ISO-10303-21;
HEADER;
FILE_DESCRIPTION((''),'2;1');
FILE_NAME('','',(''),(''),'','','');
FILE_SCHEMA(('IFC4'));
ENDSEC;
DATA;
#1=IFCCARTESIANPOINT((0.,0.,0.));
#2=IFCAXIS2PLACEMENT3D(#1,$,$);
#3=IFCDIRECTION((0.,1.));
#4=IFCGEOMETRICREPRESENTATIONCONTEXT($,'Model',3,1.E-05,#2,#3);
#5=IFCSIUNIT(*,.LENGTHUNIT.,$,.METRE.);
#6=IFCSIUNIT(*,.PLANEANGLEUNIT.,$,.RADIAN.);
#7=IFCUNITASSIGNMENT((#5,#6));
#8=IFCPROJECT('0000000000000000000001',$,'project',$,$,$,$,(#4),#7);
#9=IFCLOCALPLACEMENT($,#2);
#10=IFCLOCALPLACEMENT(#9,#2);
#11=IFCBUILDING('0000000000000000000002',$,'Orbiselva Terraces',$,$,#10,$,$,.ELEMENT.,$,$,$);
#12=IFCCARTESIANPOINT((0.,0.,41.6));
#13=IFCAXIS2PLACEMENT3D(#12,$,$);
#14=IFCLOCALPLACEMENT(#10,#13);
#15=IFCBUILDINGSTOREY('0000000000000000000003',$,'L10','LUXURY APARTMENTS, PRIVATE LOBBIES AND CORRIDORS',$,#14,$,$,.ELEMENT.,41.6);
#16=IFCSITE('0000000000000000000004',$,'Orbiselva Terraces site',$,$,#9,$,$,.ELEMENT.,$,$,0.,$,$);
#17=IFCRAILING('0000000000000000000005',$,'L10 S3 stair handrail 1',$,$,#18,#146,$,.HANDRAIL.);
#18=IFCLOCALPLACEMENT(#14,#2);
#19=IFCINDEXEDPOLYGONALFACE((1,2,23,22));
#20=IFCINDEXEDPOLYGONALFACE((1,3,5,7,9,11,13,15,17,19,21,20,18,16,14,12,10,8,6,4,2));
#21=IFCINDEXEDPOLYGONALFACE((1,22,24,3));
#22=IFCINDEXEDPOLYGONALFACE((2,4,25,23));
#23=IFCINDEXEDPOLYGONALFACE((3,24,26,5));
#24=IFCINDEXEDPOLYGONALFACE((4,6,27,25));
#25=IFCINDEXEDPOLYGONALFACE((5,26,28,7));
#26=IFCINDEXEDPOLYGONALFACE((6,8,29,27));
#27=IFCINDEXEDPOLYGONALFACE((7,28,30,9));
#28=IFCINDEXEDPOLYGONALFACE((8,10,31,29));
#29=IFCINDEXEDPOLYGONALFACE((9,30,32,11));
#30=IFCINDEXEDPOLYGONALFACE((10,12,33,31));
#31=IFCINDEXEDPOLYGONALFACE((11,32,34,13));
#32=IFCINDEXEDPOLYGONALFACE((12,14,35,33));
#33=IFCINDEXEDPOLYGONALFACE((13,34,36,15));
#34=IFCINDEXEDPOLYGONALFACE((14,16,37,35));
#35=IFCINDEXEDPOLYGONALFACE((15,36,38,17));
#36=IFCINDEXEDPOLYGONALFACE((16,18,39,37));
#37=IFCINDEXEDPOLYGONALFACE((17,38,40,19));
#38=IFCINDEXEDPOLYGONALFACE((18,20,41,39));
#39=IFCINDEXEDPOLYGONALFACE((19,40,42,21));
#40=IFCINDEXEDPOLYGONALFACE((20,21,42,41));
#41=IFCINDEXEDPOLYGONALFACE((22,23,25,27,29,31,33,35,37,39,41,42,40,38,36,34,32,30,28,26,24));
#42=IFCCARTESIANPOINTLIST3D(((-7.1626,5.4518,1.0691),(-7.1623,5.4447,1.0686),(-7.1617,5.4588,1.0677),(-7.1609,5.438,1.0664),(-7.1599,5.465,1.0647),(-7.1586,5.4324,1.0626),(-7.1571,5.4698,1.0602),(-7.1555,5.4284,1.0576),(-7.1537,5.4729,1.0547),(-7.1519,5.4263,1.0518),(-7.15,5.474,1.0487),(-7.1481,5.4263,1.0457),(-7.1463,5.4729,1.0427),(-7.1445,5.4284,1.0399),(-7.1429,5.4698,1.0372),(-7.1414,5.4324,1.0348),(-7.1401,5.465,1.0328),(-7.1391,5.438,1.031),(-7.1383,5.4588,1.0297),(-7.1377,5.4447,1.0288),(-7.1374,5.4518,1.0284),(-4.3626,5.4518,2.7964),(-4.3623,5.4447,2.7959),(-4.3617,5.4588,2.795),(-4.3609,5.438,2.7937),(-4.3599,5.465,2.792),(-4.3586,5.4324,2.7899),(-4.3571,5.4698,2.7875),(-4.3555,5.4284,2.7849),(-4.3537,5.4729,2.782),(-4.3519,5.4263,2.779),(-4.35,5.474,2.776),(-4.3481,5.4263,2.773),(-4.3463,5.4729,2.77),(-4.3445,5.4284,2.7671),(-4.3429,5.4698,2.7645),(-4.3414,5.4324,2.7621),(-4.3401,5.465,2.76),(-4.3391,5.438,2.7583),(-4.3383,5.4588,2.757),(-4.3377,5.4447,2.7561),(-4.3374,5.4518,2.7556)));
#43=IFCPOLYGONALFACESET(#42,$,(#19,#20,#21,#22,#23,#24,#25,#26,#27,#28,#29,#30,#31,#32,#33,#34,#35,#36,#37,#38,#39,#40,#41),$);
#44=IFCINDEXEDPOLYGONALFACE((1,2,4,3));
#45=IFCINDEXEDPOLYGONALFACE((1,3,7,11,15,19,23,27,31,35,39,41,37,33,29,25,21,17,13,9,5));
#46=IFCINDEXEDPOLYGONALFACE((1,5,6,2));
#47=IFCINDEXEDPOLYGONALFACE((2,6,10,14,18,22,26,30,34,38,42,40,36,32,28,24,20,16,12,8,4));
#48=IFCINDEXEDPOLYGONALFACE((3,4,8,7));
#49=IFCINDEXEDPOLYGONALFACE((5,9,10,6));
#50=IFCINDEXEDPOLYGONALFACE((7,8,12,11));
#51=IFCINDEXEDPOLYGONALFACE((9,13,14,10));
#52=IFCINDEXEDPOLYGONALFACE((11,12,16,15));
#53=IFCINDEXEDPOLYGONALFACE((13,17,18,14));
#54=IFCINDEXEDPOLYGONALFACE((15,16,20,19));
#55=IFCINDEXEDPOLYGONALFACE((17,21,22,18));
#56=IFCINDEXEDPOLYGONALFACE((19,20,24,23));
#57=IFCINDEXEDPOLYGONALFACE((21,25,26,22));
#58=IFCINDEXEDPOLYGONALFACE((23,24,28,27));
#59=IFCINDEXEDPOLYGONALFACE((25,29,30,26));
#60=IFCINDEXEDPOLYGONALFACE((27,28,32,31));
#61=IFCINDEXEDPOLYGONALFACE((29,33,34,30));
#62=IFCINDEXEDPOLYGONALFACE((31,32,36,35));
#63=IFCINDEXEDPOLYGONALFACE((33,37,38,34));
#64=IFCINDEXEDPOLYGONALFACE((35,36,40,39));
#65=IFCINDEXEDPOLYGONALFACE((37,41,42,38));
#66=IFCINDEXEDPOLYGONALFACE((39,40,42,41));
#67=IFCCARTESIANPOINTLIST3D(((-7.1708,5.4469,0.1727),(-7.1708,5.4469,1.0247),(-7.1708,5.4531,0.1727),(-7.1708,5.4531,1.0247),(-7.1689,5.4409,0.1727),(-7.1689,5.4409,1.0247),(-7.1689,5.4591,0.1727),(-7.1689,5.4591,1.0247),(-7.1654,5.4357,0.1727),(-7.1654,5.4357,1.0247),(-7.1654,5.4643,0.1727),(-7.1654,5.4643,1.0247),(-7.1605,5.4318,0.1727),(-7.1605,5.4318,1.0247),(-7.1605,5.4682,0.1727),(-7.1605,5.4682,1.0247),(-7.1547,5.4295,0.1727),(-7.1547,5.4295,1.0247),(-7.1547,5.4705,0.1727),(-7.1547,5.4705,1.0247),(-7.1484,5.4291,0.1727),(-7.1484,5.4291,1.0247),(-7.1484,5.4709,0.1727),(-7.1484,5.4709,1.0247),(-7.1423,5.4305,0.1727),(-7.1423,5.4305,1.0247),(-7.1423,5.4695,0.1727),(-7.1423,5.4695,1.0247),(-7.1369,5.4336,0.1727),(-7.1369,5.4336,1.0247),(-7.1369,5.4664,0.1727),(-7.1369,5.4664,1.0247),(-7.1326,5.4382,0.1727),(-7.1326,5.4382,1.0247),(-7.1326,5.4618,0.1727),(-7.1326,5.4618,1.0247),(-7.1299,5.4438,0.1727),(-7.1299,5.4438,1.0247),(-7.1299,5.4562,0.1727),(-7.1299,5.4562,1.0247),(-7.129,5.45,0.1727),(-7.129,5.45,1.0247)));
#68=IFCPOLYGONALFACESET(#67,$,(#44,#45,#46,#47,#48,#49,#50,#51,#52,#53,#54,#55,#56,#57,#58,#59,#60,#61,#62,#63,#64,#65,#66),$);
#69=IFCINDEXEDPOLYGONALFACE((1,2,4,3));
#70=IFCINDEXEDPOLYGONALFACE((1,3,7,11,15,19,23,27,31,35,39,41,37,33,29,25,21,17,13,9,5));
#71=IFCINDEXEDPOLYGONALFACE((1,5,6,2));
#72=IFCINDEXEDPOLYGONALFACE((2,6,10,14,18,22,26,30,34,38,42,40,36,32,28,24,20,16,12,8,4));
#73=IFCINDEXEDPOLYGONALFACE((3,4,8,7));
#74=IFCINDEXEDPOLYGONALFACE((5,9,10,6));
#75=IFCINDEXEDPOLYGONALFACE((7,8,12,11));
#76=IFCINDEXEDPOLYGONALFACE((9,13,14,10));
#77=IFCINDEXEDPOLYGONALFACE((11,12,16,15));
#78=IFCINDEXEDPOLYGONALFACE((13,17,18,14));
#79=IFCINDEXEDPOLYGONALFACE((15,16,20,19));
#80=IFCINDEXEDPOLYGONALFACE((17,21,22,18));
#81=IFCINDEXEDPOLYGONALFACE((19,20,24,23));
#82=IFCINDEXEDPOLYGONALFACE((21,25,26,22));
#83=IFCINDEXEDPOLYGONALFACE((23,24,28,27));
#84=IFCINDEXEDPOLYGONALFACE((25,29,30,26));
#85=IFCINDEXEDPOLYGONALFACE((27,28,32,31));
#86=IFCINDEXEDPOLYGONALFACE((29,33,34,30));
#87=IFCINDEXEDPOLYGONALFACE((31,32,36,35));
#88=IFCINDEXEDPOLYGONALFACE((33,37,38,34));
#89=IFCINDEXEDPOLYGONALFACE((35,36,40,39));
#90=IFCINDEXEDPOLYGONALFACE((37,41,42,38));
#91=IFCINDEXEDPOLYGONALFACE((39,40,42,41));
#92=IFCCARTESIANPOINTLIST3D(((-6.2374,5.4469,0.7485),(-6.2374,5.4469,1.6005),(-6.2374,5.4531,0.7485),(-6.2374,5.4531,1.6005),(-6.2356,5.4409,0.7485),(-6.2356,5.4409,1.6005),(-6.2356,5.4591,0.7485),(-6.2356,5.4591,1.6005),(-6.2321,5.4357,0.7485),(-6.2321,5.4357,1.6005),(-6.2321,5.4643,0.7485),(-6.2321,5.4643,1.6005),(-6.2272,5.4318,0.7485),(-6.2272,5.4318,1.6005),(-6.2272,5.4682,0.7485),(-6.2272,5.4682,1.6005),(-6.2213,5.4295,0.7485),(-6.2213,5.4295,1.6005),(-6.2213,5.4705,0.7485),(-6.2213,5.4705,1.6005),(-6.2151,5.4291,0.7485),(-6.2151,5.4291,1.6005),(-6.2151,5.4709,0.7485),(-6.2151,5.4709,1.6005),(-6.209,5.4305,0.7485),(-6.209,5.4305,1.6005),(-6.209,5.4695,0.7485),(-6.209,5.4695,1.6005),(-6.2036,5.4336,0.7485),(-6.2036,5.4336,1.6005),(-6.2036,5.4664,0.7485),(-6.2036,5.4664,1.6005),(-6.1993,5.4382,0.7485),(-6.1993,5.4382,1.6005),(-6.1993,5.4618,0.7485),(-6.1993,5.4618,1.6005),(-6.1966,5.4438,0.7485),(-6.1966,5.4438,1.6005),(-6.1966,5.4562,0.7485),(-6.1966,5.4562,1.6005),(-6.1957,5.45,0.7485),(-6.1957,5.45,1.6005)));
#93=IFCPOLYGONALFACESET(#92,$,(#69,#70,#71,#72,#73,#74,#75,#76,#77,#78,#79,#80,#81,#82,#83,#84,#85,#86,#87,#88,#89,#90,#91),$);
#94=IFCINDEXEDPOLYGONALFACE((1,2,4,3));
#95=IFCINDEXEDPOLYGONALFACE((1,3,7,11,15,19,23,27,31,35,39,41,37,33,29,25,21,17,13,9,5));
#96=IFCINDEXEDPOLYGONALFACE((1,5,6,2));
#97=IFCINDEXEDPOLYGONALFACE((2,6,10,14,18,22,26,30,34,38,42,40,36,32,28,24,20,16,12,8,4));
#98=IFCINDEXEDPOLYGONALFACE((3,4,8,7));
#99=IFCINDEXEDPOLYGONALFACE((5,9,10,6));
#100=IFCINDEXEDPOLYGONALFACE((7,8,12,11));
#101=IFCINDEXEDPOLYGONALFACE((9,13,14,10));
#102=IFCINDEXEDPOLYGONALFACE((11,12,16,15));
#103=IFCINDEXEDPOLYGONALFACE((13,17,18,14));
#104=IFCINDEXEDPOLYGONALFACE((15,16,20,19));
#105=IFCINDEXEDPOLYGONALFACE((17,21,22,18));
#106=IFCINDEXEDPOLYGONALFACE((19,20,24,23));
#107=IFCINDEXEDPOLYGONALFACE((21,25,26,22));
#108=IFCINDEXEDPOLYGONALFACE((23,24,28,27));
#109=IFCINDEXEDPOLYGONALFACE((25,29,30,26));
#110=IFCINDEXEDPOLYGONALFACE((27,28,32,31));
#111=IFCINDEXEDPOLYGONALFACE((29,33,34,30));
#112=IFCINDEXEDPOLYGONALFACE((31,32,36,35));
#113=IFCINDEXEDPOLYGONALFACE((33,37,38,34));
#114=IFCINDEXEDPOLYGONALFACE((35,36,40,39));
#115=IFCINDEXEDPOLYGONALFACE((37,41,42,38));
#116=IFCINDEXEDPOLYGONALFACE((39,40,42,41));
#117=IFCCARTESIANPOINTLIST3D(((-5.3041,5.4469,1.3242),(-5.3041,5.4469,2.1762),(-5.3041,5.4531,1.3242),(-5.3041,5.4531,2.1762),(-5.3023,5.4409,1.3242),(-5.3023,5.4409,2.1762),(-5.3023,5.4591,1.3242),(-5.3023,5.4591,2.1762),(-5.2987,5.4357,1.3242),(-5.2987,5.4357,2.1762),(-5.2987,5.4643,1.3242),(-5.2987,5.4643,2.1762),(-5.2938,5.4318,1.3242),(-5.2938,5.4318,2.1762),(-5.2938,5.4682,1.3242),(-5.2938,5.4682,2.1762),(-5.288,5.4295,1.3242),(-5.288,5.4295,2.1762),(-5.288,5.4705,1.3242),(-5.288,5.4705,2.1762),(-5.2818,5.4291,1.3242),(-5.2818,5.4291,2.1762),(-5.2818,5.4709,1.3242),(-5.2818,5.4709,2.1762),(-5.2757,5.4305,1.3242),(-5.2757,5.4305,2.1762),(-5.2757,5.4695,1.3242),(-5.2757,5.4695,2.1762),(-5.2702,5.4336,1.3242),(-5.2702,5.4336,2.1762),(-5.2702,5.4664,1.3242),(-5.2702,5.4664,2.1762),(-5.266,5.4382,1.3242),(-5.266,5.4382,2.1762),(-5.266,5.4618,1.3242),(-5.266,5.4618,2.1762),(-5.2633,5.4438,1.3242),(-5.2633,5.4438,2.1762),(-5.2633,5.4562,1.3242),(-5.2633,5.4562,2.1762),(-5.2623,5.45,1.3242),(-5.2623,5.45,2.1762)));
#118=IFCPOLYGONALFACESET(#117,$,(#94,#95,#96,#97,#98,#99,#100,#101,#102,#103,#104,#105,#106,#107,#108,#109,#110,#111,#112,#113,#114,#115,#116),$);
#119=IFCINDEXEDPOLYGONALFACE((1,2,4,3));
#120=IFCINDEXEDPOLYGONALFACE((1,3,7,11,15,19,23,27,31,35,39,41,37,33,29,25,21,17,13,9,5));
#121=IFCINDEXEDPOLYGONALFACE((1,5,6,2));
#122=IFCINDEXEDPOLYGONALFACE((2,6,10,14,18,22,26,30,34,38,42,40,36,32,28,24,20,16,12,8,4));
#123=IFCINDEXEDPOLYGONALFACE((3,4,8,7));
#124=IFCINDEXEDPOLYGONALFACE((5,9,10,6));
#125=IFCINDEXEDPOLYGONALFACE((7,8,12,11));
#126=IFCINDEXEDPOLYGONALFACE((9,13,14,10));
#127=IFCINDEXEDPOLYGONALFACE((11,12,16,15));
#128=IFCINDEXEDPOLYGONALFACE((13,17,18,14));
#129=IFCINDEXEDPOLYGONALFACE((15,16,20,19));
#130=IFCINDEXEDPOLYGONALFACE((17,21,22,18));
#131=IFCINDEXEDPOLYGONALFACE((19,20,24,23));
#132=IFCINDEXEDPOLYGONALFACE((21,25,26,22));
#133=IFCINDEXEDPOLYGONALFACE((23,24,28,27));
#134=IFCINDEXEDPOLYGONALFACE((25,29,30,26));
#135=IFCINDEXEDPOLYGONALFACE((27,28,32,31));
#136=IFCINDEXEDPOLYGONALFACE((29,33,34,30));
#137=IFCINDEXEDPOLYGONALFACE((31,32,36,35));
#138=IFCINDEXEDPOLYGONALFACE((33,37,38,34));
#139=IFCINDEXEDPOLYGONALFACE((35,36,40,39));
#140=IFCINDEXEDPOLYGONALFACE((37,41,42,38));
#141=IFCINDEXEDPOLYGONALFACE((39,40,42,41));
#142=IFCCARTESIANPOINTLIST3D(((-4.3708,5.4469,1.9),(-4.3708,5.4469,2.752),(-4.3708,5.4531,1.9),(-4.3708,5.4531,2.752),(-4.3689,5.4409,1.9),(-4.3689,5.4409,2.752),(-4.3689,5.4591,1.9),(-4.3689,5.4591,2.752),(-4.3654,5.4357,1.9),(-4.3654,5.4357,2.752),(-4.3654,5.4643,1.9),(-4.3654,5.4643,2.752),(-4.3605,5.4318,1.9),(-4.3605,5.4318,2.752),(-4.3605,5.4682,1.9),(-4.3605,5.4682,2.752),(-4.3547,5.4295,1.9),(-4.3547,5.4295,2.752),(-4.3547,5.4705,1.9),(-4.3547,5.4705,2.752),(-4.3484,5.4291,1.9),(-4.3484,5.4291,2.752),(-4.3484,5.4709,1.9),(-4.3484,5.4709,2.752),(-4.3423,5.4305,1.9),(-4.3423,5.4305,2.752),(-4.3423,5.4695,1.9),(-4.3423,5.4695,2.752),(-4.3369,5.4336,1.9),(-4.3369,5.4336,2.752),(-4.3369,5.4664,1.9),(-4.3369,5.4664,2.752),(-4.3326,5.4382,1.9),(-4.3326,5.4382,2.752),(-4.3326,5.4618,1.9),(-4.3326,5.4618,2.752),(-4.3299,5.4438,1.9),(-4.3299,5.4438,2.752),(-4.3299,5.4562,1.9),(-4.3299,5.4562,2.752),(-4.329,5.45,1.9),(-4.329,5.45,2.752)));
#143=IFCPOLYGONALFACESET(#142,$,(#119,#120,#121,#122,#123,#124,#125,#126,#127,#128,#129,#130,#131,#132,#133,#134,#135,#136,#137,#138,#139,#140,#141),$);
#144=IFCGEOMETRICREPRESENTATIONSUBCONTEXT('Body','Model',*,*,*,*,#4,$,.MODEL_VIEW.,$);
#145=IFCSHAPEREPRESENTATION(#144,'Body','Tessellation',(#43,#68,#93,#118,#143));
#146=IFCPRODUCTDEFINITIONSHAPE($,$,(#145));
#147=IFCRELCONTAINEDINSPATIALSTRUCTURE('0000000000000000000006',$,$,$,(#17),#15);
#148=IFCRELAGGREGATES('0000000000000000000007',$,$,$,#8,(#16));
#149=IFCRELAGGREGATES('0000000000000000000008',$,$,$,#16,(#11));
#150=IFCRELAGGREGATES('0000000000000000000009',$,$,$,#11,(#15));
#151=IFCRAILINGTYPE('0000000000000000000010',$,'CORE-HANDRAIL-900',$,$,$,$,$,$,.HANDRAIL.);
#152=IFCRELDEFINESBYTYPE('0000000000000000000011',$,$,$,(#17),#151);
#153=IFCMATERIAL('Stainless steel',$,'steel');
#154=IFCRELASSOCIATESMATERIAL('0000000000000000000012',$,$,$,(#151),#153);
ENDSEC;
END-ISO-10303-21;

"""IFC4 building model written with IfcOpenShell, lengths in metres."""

from ifc_helpers import new_model, si_unit, direction, frame, origin, origin_2d, place, context, subcontext, project, spatial, circle, extrude, material, type_object, element, save


model = new_model("IFC4")

# Units and contexts
model_context = context("Model", 3, precision=1e-05, world=origin(), true_north=direction((0.0, 1.0)))
body_context = subcontext(model_context, "Body", "Model", "MODEL_VIEW")
ifc_project = project(units=[si_unit("LENGTHUNIT", "METRE"), si_unit("PLANEANGLEUNIT", "RADIAN")], contexts=[model_context])

# Site, building, storey
site_placement = place(None, origin())
site = spatial("IfcSite", under=ifc_project, at=site_placement, Name="Orbiselva Terraces site", CompositionType="ELEMENT", RefElevation=0.0)
building_placement = place(site_placement, origin())
building = spatial("IfcBuilding", under=site, at=building_placement, Name="Orbiselva Terraces", CompositionType="ELEMENT")
storey_placement = place(building_placement, frame((0.0, 0.0, 41.6)))
storey = spatial("IfcBuildingStorey", under=building, at=storey_placement, Name="L10", Description="LUXURY APARTMENTS, PRIVATE LOBBIES AND CORRIDORS", CompositionType="ELEMENT", Elevation=41.6)

# Railing
ifc_material_1 = material(Name="Stainless steel", Category="steel")
railing_type_1 = type_object("IfcRailingType", Name="CORE-HANDRAIL-900", PredefinedType="HANDRAIL", material=ifc_material_1)
railing_1_placement = place(storey_placement, frame((-7.15, 5.45, 0.1727)))
element("IfcRailing", 1, at=railing_1_placement, inside=storey, type_object=railing_type_1, Name="L10 S3 stair handrail 1", PredefinedType="HANDRAIL", context=body_context, shape_type="SweptSolid", body=[
    extrude(circle(Radius=0.024, at=origin_2d()), frame((0.0, 0.0, 0.876), z_axis=(0.851089, 0.0, 0.525022), x_axis=(0.0, 1.0, 0.0)), (0.0, 0.0, 1.0), 3.2899),
    extrude(circle(Radius=0.021, at=origin_2d()), origin(), (0.0, 0.0, 1.0), 0.852),
    extrude(circle(Radius=0.021, at=origin_2d()), frame((0.9333, 0.0, 0.5758)), (0.0, 0.0, 1.0), 0.852),
    extrude(circle(Radius=0.021, at=origin_2d()), frame((1.8667, 0.0, 1.1515)), (0.0, 0.0, 1.0), 0.852),
    extrude(circle(Radius=0.021, at=origin_2d()), frame((2.8, 0.0, 1.7273)), (0.0, 0.0, 1.0), 0.852),
])

save(model, "model.ifc")
